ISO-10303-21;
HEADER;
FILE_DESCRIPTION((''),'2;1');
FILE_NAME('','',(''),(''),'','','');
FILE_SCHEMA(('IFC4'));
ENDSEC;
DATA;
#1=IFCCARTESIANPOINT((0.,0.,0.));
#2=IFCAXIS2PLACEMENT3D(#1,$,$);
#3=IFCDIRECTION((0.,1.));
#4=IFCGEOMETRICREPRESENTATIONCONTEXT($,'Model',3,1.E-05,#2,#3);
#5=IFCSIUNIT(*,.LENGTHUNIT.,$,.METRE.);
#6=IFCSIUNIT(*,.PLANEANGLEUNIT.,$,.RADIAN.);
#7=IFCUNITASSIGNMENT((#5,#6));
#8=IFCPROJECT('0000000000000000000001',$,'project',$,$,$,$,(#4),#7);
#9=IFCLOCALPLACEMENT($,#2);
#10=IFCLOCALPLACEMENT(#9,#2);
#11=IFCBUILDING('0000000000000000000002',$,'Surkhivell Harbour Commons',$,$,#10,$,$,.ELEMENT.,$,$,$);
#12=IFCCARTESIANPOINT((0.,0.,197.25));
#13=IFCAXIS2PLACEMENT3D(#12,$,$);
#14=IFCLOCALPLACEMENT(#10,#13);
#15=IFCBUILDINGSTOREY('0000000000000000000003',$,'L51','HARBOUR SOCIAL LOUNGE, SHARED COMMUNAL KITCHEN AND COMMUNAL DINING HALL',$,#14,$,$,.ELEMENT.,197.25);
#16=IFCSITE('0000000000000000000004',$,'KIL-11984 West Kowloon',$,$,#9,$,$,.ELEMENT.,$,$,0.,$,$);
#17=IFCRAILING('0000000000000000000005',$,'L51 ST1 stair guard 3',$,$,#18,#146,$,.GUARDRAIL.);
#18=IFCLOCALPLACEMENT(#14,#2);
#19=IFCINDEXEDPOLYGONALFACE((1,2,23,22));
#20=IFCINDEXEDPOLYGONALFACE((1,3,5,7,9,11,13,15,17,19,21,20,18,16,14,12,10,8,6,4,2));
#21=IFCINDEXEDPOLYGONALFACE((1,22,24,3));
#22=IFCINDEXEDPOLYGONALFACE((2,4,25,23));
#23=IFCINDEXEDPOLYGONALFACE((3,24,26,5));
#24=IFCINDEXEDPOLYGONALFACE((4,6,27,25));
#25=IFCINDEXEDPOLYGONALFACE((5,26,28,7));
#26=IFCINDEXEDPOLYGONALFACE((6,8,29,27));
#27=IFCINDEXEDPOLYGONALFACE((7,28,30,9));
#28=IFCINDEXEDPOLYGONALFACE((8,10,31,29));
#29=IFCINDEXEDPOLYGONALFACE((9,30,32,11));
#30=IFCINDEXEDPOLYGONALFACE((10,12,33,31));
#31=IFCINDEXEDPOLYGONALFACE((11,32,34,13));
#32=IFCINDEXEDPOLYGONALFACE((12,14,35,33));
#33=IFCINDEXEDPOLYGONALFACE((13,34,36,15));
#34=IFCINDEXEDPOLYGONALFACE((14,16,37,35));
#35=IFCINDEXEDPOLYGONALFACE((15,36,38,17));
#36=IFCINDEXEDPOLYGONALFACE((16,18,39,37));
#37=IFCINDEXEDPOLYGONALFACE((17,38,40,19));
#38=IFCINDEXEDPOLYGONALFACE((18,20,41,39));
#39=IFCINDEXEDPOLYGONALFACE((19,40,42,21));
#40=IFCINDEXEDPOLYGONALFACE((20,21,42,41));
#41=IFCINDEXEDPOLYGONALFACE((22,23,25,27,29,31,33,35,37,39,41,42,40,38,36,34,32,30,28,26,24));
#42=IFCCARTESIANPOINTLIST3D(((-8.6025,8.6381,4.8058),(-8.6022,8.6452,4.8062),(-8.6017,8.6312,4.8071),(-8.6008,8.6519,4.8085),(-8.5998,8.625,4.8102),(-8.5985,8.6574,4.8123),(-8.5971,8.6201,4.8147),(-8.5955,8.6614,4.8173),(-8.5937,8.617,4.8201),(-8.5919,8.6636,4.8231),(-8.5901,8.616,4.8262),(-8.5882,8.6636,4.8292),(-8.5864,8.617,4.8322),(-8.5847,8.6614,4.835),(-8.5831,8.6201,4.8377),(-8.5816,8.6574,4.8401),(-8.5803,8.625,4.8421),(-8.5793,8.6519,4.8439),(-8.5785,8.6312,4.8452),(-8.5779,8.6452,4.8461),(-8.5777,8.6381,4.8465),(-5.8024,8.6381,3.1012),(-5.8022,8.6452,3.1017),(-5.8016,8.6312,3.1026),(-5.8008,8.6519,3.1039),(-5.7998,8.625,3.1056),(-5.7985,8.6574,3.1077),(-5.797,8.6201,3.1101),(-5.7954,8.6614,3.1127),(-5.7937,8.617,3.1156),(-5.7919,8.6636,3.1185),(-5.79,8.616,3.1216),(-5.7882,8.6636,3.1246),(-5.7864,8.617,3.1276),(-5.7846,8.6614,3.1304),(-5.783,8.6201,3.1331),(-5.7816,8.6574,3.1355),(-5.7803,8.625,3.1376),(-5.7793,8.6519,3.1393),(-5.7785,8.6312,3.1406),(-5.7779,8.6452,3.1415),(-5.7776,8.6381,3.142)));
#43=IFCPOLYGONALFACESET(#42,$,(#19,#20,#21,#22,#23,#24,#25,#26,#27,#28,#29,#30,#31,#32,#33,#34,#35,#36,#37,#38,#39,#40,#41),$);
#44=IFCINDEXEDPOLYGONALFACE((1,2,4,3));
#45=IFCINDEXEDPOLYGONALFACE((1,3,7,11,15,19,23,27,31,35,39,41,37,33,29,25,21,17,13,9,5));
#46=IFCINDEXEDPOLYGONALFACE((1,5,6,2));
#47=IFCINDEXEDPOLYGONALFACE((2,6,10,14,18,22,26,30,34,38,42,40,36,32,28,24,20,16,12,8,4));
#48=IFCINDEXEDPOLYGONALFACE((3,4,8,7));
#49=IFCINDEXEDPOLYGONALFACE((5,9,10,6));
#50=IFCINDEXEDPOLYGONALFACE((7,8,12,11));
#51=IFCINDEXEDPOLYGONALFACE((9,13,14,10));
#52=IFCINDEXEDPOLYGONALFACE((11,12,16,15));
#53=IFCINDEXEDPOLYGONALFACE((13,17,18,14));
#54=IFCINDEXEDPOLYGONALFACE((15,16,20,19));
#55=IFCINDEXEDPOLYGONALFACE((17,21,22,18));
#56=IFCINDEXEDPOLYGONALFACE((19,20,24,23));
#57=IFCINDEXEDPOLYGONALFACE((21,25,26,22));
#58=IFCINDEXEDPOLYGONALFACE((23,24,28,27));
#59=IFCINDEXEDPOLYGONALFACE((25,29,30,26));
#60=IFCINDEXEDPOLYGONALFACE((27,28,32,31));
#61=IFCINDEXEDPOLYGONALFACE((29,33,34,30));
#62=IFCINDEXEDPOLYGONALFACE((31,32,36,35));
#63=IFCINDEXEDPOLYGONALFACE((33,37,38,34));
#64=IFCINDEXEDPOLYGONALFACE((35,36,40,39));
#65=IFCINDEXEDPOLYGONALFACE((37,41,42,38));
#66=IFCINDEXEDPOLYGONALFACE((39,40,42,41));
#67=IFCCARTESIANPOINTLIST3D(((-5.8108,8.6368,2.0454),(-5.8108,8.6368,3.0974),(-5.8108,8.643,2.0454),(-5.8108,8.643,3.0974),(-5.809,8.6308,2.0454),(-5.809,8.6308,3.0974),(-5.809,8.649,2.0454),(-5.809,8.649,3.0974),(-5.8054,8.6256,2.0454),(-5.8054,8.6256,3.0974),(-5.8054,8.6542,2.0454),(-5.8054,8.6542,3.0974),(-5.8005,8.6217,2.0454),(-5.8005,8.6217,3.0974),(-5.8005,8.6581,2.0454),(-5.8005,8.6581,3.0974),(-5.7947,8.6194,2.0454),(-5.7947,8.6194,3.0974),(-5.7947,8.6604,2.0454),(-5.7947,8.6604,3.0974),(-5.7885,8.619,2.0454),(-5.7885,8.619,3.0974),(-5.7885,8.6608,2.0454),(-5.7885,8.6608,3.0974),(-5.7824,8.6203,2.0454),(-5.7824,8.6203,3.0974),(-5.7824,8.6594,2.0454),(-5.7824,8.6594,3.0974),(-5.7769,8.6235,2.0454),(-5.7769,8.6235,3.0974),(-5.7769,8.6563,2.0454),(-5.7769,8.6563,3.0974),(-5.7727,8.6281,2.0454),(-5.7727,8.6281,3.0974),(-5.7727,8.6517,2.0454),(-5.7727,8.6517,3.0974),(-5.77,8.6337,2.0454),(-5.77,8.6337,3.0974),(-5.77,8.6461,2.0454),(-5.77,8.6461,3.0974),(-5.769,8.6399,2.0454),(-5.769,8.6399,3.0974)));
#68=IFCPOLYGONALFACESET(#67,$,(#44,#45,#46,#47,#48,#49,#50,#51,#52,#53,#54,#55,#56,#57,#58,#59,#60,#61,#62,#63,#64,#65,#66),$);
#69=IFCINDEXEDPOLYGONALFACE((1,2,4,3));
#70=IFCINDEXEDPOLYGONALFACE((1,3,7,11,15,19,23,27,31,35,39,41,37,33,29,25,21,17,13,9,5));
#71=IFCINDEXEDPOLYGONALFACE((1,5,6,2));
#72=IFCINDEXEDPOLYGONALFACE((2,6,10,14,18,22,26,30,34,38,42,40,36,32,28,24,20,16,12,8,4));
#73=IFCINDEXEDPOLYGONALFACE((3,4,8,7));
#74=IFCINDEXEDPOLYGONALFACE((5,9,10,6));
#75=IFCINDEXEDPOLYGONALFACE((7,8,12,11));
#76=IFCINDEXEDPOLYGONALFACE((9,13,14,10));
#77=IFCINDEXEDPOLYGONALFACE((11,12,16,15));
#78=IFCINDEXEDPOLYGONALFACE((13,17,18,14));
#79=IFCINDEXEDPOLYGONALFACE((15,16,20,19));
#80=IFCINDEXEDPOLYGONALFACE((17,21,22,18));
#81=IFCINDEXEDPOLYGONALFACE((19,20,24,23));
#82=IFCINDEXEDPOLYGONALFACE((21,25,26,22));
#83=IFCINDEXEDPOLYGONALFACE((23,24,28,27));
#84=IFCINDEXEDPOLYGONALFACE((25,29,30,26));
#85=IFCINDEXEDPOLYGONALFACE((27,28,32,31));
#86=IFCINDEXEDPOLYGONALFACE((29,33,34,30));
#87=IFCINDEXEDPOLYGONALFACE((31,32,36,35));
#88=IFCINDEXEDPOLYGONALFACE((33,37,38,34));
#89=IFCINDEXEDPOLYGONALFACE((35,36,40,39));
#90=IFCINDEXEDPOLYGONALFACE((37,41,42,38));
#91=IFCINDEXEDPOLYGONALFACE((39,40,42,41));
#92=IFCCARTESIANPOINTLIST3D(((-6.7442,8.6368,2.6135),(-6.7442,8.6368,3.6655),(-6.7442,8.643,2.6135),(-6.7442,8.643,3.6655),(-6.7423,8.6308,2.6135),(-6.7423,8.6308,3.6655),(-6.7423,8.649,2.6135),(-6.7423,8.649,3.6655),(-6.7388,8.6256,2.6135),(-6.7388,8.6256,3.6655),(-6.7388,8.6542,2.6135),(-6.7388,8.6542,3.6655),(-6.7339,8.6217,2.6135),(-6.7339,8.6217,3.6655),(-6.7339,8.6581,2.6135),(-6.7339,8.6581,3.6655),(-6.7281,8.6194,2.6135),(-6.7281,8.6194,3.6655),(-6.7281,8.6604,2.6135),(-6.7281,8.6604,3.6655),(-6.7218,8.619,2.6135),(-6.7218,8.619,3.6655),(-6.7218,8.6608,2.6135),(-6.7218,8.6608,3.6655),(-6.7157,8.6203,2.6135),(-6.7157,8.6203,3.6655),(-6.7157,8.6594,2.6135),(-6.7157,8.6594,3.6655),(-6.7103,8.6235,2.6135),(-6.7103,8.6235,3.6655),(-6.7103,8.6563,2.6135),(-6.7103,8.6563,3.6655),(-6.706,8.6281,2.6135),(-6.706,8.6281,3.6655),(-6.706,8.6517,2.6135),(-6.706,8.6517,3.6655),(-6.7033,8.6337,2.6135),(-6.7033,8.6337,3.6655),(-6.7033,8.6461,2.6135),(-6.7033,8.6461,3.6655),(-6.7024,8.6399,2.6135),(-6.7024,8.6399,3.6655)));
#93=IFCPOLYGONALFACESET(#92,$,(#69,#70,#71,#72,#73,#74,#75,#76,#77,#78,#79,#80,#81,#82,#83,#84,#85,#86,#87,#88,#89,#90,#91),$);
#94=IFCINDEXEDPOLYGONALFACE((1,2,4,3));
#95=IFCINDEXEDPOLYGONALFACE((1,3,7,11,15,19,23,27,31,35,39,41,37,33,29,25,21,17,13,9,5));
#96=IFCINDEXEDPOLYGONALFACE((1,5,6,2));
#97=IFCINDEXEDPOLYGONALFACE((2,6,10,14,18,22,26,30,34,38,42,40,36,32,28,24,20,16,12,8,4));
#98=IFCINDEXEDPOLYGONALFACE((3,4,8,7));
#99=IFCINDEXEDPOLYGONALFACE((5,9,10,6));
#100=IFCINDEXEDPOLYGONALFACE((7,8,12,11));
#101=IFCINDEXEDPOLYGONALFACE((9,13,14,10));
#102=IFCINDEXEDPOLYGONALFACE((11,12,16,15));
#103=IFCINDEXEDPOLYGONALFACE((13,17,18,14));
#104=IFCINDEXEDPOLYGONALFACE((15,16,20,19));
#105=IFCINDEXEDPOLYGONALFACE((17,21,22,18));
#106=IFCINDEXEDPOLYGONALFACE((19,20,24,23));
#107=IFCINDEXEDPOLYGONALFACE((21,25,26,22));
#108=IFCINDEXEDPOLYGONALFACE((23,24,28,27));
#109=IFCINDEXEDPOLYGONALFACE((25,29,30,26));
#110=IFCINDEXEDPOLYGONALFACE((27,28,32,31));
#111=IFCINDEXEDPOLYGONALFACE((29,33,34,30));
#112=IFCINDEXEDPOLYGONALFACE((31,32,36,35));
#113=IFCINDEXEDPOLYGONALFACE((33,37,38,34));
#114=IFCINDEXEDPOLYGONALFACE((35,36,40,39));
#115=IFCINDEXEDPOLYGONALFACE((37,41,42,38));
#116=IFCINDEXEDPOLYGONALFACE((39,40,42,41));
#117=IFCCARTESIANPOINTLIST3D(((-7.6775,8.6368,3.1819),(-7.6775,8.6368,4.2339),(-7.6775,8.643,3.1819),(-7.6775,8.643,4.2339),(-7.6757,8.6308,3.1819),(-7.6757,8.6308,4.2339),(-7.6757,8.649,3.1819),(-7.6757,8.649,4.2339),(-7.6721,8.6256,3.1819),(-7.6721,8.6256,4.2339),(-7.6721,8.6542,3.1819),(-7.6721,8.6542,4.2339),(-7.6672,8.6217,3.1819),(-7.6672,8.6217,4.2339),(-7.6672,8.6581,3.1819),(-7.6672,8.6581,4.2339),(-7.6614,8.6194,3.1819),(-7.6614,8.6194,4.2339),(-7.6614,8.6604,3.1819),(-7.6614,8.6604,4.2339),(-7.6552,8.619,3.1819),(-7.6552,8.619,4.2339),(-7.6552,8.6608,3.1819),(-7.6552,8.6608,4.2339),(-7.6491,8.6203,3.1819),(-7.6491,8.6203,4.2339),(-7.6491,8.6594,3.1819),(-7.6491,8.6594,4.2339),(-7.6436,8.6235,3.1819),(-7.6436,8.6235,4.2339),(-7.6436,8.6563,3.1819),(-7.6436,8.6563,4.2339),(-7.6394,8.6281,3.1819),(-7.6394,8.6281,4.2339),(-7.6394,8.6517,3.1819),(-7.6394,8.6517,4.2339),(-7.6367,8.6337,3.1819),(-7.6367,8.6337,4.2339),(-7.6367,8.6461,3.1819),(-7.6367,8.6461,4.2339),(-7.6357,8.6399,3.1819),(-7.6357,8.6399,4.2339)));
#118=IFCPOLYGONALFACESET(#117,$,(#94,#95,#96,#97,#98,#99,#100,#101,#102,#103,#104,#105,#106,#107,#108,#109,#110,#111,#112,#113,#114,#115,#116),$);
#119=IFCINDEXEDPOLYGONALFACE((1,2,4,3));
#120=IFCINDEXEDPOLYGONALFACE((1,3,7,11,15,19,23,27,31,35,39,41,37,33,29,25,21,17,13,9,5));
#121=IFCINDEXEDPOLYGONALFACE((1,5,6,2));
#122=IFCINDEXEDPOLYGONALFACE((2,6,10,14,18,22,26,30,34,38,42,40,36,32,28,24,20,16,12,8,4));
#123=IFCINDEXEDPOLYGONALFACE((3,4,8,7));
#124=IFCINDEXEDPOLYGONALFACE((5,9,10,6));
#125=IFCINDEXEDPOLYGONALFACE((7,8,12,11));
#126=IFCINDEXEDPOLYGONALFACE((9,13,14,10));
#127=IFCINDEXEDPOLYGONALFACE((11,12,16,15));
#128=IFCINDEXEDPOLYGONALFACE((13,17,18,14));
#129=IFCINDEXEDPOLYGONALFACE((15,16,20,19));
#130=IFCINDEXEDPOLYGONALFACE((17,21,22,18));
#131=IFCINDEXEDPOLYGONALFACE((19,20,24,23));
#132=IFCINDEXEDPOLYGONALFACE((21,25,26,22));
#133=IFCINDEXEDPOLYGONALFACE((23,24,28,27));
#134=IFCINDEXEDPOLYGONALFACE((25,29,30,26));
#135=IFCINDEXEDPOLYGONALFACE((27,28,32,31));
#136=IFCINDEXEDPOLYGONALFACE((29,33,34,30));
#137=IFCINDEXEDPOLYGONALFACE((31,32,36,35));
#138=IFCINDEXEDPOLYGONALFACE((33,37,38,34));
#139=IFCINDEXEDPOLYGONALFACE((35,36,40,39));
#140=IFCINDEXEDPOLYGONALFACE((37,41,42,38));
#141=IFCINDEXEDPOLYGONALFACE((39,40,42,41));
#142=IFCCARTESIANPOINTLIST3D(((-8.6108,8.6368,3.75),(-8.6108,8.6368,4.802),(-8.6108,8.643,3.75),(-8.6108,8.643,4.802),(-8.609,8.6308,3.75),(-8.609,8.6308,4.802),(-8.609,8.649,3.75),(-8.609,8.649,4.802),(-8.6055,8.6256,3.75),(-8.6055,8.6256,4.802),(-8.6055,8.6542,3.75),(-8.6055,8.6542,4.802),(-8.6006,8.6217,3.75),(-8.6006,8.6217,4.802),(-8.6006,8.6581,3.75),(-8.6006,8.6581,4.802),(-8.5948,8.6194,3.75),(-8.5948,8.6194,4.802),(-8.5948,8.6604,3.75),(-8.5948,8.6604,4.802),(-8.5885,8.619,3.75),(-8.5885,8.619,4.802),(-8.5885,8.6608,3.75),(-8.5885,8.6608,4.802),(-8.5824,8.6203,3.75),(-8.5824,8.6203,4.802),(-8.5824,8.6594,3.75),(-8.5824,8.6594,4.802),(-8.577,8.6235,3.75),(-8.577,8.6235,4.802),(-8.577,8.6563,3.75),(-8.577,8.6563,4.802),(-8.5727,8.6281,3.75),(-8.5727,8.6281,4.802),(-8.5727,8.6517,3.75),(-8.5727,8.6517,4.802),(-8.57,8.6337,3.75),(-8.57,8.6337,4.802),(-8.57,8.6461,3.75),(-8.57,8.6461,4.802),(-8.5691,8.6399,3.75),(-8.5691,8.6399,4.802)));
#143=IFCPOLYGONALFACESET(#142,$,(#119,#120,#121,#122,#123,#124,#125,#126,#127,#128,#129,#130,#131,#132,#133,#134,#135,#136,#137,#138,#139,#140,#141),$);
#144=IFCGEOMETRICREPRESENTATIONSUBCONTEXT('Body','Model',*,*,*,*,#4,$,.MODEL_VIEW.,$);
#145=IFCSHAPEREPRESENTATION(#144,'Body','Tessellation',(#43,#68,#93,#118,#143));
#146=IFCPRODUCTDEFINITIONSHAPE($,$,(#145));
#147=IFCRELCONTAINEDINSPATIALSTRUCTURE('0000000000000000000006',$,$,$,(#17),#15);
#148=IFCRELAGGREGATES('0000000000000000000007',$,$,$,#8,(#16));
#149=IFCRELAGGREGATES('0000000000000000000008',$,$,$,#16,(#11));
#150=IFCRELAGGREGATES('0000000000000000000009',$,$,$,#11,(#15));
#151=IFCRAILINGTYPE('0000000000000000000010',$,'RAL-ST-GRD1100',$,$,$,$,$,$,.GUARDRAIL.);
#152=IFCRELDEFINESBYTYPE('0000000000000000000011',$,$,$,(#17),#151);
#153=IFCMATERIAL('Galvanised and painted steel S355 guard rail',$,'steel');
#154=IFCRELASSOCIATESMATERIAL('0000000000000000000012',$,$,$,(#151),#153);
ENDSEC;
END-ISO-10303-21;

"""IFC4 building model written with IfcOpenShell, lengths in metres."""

from ifc_helpers import new_model, si_unit, direction, frame, origin, origin_2d, place, context, subcontext, project, spatial, circle, extrude, material, type_object, element, save


model = new_model("IFC4")

# Units and contexts
model_context = context("Model", 3, precision=1e-05, world=origin(), true_north=direction((0.0, 1.0)))
body_context = subcontext(model_context, "Body", "Model", "MODEL_VIEW")
ifc_project = project(units=[si_unit("LENGTHUNIT", "METRE"), si_unit("PLANEANGLEUNIT", "RADIAN")], contexts=[model_context])

# Site, building, storey
site_placement = place(None, origin())
site = spatial("IfcSite", under=ifc_project, at=site_placement, Name="KIL-11984 West Kowloon", CompositionType="ELEMENT", RefElevation=0.0)
building_placement = place(site_placement, origin())
building = spatial("IfcBuilding", under=site, at=building_placement, Name="Surkhivell Harbour Commons", CompositionType="ELEMENT")
storey_placement = place(building_placement, frame((0.0, 0.0, 197.25)))
storey = spatial("IfcBuildingStorey", under=building, at=storey_placement, Name="L51", Description="HARBOUR SOCIAL LOUNGE, SHARED COMMUNAL KITCHEN AND COMMUNAL DINING HALL", CompositionType="ELEMENT", Elevation=197.25)

# Railing
ifc_material_1 = material(Name="Galvanised and painted steel S355 guard rail", Category="steel")
railing_type_1 = type_object("IfcRailingType", Name="RAL-ST-GRD1100", PredefinedType="GUARDRAIL", material=ifc_material_1)
railing_1_placement = place(storey_placement, frame((-5.79, 8.6399, 2.0454)))
element("IfcRailing", 1, at=railing_1_placement, inside=storey, type_object=railing_type_1, Name="L51 ST1 stair guard 3", PredefinedType="GUARDRAIL", context=body_context, shape_type="SweptSolid", body=[
    extrude(circle(Radius=0.0239, at=origin_2d()), frame((0.0, 0.0, 1.0762), z_axis=(-0.85417, 0.0, 0.519994), x_axis=(0.0, -1.0, 0.0)), (0.0, 0.0, 1.0), 3.2781),
    extrude(circle(Radius=0.021, at=origin_2d()), origin(), (0.0, 0.0, 1.0), 1.052),
    extrude(circle(Radius=0.021, at=origin_2d()), frame((-0.9333, 0.0, 0.5681)), (0.0, 0.0, 1.0), 1.052),
    extrude(circle(Radius=0.021, at=origin_2d()), frame((-1.8667, 0.0, 1.1365)), (0.0, 0.0, 1.0), 1.052),
    extrude(circle(Radius=0.021, at=origin_2d()), frame((-2.8, 0.0, 1.7046)), (0.0, 0.0, 1.0), 1.052),
])

save(model, "model.ifc")
